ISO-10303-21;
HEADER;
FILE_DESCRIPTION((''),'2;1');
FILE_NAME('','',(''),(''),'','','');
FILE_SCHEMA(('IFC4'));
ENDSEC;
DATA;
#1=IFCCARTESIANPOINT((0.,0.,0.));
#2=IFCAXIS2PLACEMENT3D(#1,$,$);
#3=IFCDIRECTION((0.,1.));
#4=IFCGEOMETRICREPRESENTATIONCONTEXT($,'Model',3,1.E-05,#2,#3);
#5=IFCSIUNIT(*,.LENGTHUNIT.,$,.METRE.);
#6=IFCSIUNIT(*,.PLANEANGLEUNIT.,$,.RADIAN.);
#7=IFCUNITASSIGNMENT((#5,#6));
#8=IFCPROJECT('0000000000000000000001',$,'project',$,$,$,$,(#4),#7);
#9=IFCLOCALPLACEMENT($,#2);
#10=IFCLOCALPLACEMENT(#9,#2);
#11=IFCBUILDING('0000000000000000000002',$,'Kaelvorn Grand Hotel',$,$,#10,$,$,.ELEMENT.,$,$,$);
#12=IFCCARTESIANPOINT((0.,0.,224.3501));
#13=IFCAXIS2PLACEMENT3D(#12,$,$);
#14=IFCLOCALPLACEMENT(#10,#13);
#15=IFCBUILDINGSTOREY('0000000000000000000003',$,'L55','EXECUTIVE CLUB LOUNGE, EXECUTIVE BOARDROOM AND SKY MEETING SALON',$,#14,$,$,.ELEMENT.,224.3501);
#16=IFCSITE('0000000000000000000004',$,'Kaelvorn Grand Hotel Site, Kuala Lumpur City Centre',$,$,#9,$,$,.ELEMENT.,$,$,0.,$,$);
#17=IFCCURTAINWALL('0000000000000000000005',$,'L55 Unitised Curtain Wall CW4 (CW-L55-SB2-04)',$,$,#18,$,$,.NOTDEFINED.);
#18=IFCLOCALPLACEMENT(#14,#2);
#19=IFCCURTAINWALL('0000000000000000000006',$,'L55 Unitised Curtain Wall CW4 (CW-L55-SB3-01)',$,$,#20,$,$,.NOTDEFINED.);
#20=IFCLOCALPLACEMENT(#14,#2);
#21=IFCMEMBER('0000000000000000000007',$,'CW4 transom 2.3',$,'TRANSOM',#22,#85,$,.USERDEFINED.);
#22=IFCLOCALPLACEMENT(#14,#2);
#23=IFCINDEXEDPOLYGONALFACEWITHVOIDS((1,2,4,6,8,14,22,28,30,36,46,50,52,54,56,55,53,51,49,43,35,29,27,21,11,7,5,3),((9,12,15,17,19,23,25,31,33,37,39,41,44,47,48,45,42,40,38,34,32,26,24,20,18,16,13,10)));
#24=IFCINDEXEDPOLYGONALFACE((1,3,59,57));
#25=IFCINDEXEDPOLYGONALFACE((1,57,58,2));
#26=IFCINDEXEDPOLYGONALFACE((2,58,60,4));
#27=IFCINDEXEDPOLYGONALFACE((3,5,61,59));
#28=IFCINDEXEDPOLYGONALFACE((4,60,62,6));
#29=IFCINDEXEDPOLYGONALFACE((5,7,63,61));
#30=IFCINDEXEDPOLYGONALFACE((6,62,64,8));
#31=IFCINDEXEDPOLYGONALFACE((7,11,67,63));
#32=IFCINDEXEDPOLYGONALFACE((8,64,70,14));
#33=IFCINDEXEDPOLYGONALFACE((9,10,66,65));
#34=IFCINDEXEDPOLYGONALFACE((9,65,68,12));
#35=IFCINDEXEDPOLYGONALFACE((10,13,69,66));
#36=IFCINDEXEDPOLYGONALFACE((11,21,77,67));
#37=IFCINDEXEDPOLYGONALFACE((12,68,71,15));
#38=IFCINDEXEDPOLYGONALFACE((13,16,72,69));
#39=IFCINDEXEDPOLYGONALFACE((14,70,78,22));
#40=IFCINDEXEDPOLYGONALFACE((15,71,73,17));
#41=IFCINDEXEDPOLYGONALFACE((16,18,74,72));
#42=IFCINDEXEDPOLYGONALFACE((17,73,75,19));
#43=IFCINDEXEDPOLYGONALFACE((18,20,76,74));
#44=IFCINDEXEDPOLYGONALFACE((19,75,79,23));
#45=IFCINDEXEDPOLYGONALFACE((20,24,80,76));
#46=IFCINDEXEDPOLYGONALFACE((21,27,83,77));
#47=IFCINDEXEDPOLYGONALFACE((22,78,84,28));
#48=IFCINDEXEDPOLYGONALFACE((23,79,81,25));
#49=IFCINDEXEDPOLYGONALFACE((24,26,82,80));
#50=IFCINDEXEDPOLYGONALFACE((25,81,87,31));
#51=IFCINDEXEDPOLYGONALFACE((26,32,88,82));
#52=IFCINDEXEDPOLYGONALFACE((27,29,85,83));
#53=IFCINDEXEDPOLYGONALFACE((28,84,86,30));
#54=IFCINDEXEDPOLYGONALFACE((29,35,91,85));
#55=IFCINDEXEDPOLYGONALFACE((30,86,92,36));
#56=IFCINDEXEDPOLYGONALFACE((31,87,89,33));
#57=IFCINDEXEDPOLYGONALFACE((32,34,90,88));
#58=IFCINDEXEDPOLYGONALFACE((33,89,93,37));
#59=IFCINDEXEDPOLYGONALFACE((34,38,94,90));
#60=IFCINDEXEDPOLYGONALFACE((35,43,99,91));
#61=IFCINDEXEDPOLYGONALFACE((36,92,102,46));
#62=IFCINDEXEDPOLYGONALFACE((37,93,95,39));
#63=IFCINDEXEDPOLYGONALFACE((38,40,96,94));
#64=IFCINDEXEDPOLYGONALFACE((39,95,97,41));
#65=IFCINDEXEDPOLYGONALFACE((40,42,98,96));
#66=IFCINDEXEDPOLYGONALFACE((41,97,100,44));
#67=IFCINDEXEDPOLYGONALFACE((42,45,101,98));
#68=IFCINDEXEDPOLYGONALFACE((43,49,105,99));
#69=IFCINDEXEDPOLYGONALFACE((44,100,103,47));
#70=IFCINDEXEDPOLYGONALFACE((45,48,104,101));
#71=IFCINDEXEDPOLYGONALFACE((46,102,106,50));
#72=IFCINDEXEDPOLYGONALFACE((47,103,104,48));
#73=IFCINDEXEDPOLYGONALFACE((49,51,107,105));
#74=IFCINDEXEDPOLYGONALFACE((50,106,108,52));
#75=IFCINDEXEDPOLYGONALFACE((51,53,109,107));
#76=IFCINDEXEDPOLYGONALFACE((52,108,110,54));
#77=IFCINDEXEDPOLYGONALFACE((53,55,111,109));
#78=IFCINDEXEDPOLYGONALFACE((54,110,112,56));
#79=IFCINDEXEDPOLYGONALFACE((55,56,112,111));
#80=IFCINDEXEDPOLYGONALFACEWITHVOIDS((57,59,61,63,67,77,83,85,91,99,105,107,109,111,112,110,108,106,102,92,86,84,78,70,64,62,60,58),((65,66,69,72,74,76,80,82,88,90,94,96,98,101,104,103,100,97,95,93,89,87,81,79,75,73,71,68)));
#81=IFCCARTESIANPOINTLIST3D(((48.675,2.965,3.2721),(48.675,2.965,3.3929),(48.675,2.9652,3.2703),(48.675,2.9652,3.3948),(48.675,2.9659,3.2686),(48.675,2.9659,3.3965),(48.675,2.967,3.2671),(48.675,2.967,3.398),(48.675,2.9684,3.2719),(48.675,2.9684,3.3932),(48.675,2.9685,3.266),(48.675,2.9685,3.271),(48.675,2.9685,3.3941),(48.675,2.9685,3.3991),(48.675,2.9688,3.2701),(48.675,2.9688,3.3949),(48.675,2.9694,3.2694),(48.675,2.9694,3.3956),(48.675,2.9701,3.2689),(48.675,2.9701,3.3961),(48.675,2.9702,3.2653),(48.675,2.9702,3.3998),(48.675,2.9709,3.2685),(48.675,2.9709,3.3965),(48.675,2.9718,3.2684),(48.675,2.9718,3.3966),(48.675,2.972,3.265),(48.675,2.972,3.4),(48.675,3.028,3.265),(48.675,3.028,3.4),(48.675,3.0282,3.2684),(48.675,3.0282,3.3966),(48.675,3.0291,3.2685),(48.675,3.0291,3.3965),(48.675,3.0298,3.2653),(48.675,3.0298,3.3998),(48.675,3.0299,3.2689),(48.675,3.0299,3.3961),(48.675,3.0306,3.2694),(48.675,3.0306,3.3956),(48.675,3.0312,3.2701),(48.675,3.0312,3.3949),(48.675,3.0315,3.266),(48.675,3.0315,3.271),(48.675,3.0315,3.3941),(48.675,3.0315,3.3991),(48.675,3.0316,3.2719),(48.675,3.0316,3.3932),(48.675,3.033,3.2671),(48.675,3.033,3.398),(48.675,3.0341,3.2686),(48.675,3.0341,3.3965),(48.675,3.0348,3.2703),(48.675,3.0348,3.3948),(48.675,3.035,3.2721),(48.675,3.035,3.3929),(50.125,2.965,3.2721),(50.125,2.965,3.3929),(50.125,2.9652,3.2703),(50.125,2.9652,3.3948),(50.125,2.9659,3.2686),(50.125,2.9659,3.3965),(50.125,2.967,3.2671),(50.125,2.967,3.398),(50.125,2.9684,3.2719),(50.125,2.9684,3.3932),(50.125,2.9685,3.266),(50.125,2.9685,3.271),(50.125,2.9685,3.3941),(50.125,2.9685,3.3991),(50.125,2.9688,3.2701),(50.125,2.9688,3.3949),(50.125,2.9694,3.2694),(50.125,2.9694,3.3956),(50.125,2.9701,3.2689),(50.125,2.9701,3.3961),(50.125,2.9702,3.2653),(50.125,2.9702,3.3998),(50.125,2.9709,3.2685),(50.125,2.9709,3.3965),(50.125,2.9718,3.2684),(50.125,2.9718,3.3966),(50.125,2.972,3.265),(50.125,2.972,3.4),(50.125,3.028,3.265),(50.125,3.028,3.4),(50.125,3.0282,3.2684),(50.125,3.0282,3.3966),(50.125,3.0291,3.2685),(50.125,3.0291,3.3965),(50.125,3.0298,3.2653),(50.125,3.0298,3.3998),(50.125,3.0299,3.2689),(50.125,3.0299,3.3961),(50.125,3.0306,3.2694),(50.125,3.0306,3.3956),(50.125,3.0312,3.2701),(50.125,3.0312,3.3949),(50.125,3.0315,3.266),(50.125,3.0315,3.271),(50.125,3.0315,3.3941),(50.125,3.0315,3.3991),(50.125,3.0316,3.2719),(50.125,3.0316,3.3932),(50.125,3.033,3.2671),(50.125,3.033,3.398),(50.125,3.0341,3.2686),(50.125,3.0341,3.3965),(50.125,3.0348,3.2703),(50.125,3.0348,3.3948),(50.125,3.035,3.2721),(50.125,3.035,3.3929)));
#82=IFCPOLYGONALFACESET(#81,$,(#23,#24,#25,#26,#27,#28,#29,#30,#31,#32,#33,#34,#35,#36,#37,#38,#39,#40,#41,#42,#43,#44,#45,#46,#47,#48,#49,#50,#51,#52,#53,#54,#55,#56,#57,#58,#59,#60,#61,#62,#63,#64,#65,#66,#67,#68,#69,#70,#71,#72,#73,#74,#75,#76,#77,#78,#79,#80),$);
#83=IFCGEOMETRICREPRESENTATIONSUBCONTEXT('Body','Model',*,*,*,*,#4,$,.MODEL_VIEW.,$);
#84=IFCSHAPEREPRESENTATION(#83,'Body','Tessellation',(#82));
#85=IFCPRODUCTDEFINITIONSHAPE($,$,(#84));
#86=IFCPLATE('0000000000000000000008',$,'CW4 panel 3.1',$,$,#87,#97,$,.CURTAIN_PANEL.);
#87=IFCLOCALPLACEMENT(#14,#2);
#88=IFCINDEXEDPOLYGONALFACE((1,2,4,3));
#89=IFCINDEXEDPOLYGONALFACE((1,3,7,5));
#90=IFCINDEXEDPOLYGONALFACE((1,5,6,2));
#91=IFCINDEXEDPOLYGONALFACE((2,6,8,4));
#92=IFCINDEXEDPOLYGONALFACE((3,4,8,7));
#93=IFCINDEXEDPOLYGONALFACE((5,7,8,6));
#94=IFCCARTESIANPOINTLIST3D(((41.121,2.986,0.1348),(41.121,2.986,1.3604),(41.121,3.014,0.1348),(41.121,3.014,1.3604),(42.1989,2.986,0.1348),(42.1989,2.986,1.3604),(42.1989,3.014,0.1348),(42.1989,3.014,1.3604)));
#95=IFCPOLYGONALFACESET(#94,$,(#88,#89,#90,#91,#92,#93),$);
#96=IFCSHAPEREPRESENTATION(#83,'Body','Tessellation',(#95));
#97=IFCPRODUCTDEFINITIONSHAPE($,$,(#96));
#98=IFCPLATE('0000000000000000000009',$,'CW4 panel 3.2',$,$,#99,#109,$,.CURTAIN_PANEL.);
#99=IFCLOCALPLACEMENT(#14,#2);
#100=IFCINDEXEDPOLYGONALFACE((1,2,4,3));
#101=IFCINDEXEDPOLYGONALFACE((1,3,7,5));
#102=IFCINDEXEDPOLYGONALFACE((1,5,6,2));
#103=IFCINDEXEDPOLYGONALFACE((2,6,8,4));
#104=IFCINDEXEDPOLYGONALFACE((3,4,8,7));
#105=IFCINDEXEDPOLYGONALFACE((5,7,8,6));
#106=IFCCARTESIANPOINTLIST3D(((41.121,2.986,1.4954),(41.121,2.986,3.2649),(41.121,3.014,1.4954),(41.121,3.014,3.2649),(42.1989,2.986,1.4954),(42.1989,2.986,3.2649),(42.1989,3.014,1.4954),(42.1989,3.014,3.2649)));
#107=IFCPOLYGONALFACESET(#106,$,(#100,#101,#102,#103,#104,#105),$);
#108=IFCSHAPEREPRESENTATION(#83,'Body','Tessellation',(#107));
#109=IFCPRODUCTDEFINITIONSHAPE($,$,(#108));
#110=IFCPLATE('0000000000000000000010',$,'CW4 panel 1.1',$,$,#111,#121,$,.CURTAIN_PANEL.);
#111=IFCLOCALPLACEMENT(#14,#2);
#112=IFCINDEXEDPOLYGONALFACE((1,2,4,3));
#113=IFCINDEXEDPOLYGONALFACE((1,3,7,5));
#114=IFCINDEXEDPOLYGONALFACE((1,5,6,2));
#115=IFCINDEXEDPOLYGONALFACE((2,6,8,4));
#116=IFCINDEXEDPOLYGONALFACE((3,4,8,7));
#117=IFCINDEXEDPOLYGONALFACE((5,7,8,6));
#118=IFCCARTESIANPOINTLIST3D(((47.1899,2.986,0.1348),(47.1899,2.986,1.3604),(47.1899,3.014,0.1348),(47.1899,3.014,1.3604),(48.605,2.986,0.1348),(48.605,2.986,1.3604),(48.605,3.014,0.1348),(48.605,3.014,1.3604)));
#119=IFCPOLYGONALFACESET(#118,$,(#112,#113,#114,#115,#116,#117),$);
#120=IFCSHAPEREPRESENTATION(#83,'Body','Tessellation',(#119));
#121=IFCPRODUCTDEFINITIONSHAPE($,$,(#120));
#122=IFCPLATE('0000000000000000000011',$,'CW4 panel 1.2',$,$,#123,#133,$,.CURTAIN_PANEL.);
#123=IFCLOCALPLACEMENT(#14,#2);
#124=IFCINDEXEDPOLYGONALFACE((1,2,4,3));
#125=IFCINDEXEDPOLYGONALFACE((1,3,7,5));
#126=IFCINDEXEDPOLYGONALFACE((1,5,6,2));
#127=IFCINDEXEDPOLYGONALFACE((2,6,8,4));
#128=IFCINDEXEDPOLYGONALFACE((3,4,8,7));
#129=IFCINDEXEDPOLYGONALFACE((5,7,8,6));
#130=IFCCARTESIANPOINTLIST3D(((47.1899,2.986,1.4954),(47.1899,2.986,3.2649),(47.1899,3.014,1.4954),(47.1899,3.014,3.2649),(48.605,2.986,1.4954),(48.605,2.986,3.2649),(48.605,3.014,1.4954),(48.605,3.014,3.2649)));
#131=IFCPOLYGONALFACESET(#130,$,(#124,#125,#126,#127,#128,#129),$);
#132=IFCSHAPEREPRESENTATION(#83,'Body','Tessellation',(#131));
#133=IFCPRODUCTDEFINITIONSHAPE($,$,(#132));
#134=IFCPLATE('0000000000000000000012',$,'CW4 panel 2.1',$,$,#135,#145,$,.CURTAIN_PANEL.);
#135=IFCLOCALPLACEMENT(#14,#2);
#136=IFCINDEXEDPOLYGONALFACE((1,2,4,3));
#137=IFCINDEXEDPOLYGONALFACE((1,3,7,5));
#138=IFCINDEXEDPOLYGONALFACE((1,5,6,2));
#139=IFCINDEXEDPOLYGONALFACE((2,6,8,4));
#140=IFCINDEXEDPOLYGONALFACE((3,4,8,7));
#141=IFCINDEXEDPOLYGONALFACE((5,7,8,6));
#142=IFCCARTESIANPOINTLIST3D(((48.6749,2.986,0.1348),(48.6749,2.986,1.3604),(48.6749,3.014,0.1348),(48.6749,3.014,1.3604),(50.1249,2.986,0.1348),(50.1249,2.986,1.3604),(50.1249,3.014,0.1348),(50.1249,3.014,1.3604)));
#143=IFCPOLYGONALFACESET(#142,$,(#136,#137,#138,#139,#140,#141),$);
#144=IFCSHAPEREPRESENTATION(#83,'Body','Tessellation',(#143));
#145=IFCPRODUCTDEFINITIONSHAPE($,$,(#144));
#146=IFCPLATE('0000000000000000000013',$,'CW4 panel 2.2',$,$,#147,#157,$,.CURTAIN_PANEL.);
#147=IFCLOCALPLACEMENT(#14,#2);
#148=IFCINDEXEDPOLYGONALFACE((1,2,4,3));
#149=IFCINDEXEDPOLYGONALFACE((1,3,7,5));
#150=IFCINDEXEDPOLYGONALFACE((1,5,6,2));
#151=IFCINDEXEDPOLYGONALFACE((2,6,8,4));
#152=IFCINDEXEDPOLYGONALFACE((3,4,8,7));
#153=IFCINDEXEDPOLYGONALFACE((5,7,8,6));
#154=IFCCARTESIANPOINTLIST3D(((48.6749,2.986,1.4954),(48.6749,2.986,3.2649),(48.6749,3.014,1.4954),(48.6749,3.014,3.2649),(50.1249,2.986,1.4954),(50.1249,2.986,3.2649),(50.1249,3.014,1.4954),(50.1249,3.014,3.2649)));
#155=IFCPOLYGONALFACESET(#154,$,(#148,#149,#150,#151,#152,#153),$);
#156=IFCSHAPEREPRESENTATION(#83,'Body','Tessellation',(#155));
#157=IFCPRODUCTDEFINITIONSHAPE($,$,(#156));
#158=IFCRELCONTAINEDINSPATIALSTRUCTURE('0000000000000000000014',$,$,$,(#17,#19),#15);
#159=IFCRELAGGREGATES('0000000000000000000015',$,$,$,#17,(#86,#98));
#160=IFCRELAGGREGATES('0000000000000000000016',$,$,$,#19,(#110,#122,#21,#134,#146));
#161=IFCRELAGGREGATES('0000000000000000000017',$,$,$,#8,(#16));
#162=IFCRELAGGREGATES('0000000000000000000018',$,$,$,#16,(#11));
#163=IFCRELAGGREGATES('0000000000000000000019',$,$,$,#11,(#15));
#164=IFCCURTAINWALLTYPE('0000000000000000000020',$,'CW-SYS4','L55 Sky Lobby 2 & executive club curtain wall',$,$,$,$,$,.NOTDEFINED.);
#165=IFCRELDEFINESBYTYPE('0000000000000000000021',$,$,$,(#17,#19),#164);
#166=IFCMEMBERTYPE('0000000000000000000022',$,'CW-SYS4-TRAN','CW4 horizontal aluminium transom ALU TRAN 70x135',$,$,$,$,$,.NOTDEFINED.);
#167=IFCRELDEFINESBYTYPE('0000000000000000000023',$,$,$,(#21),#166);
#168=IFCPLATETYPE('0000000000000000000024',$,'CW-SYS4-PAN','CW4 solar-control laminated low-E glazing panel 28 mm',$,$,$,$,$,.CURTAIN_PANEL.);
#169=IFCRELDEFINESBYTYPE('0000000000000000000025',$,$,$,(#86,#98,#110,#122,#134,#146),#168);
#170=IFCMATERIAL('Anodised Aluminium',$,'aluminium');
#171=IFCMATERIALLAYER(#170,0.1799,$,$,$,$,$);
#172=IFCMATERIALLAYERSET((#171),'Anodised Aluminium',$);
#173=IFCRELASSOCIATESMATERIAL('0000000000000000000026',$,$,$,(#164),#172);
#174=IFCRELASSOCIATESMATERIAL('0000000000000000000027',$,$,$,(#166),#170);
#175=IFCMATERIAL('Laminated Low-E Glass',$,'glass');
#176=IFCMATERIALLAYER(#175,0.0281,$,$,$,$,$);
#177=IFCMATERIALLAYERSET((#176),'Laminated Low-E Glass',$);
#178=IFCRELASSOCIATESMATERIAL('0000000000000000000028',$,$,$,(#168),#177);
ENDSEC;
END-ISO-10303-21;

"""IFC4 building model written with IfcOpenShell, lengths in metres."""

from ifc_helpers import new_model, si_unit, direction, frame, origin, origin_2d, place, context, subcontext, project, spatial, rectangle, hollow_rectangle, extrude, material, layer, layer_set, material_profile, profile_set, type_object, element, aggregate, save


model = new_model("IFC4")

# Units and contexts
model_context = context("Model", 3, precision=1e-05, world=origin(), true_north=direction((0.0, 1.0)))
body_context = subcontext(model_context, "Body", "Model", "MODEL_VIEW")
ifc_project = project(units=[si_unit("LENGTHUNIT", "METRE"), si_unit("PLANEANGLEUNIT", "RADIAN")], contexts=[model_context])

# Site, building, storey
site_placement = place(None, origin())
site = spatial("IfcSite", under=ifc_project, at=site_placement, Name="Kaelvorn Grand Hotel Site, Kuala Lumpur City Centre", CompositionType="ELEMENT", RefElevation=0.0)
building_placement = place(site_placement, origin())
building = spatial("IfcBuilding", under=site, at=building_placement, Name="Kaelvorn Grand Hotel", CompositionType="ELEMENT")
storey_placement = place(building_placement, frame((0.0, 0.0, 224.3501)))
storey = spatial("IfcBuildingStorey", under=building, at=storey_placement, Name="L55", Description="EXECUTIVE CLUB LOUNGE, EXECUTIVE BOARDROOM AND SKY MEETING SALON", CompositionType="ELEMENT", Elevation=224.3501)

# Curtain walls
ifc_material_1 = material(Name="Anodised Aluminium", Category="aluminium")
ifc_layer_1 = layer(ifc_material_1, 0.1799)
ifc_layer_set_1 = layer_set([ifc_layer_1], Name="Anodised Aluminium")
curtain_wall_type = type_object("IfcCurtainWallType", Name="CW-SYS4", Description="L55 Sky Lobby 2 & executive club curtain wall", PredefinedType="NOTDEFINED", material=ifc_layer_set_1)
curtain_wall_1_placement = place(storey_placement, origin())
curtain_wall_1 = element("IfcCurtainWall", 1, at=curtain_wall_1_placement, inside=storey, type_object=curtain_wall_type, Name="L55 Unitised Curtain Wall CW4 (CW-L55-SB2-04)", PredefinedType="NOTDEFINED")
curtain_wall_2_placement = place(storey_placement, origin())
curtain_wall_2 = element("IfcCurtainWall", 2, at=curtain_wall_2_placement, inside=storey, type_object=curtain_wall_type, Name="L55 Unitised Curtain Wall CW4 (CW-L55-SB3-01)", PredefinedType="NOTDEFINED")

# Member
ifc_material_profile_1 = material_profile(ifc_material_1, hollow_rectangle(XDim=0.0701, YDim=0.135, WallThickness=0.0034, InnerFilletRadius=0.0034, OuterFilletRadius=0.0071, at=origin_2d()), Name="ALU TRAN 70x135")
ifc_profile_set_1 = profile_set([ifc_material_profile_1], Name="Anodised Aluminium")
member_type_1 = type_object("IfcMemberType", Name="CW-SYS4-TRAN", Description="CW4 horizontal aluminium transom ALU TRAN 70x135", PredefinedType="NOTDEFINED", material=ifc_profile_set_1)
member_1_placement = place(storey_placement, frame((48.675, 3.0, 3.3325), z_axis=(1.0, 0.0, 0.0), x_axis=(0.0, 1.0, 0.0)))
member_1 = element("IfcMember", 3, at=member_1_placement, type_object=member_type_1, Name="CW4 transom 2.3", ObjectType="TRANSOM", PredefinedType="USERDEFINED", context=body_context, shape_type="SweptSolid", body=[
    extrude(hollow_rectangle(XDim=0.0701, YDim=0.135, WallThickness=0.0034, InnerFilletRadius=0.0034, OuterFilletRadius=0.0071, at=origin_2d()), origin(), (0.0, 0.0, 1.0), 1.45),
])

# Plates
ifc_material_2 = material(Name="Laminated Low-E Glass", Category="glass")
ifc_layer_2 = layer(ifc_material_2, 0.0281)
ifc_layer_set_2 = layer_set([ifc_layer_2], Name="Laminated Low-E Glass")
plate_type = type_object("IfcPlateType", Name="CW-SYS4-PAN", Description="CW4 solar-control laminated low-E glazing panel 28 mm", PredefinedType="CURTAIN_PANEL", material=ifc_layer_set_2)
plate_1_placement = place(storey_placement, frame((41.6599, 3.0, 0.1348), z_axis=(0.0, 0.0, 1.0), x_axis=(1.0, 0.0, 0.0)))
plate_1 = element("IfcPlate", 4, at=plate_1_placement, type_object=plate_type, Name="CW4 panel 3.1", PredefinedType="CURTAIN_PANEL", context=body_context, shape_type="SweptSolid", body=[
    extrude(rectangle(XDim=1.0779, YDim=0.0281, at=origin_2d()), origin(), (0.0, 0.0, 1.0), 1.2256),
])
plate_2_placement = place(storey_placement, frame((41.6599, 3.0, 1.4954), z_axis=(0.0, 0.0, 1.0), x_axis=(1.0, 0.0, 0.0)))
plate_2 = element("IfcPlate", 5, at=plate_2_placement, type_object=plate_type, Name="CW4 panel 3.2", PredefinedType="CURTAIN_PANEL", context=body_context, shape_type="SweptSolid", body=[
    extrude(rectangle(XDim=1.0779, YDim=0.0281, at=origin_2d()), origin(), (0.0, 0.0, 1.0), 1.7695),
])
aggregate(curtain_wall_1, [plate_1, plate_2])
plate_3_placement = place(storey_placement, frame((47.8975, 3.0, 0.1348), z_axis=(0.0, 0.0, 1.0), x_axis=(1.0, 0.0, 0.0)))
plate_3 = element("IfcPlate", 6, at=plate_3_placement, type_object=plate_type, Name="CW4 panel 1.1", PredefinedType="CURTAIN_PANEL", context=body_context, shape_type="SweptSolid", body=[
    extrude(rectangle(XDim=1.415, YDim=0.0281, at=origin_2d()), origin(), (0.0, 0.0, 1.0), 1.2256),
])
plate_4_placement = place(storey_placement, frame((47.8975, 3.0, 1.4954), z_axis=(0.0, 0.0, 1.0), x_axis=(1.0, 0.0, 0.0)))
plate_4 = element("IfcPlate", 7, at=plate_4_placement, type_object=plate_type, Name="CW4 panel 1.2", PredefinedType="CURTAIN_PANEL", context=body_context, shape_type="SweptSolid", body=[
    extrude(rectangle(XDim=1.415, YDim=0.0281, at=origin_2d()), origin(), (0.0, 0.0, 1.0), 1.7695),
])
plate_5_placement = place(storey_placement, frame((49.3999, 3.0, 0.1348), z_axis=(0.0, 0.0, 1.0), x_axis=(1.0, 0.0, 0.0)))
plate_5 = element("IfcPlate", 8, at=plate_5_placement, type_object=plate_type, Name="CW4 panel 2.1", PredefinedType="CURTAIN_PANEL", context=body_context, shape_type="SweptSolid", body=[
    extrude(rectangle(XDim=1.45, YDim=0.0281, at=origin_2d()), origin(), (0.0, 0.0, 1.0), 1.2256),
])
plate_6_placement = place(storey_placement, frame((49.3999, 3.0, 1.4954), z_axis=(0.0, 0.0, 1.0), x_axis=(1.0, 0.0, 0.0)))
plate_6 = element("IfcPlate", 9, at=plate_6_placement, type_object=plate_type, Name="CW4 panel 2.2", PredefinedType="CURTAIN_PANEL", context=body_context, shape_type="SweptSolid", body=[
    extrude(rectangle(XDim=1.45, YDim=0.0281, at=origin_2d()), origin(), (0.0, 0.0, 1.0), 1.7695),
])
aggregate(curtain_wall_2, [plate_3, plate_4, member_1, plate_5, plate_6])

save(model, "model.ifc")
